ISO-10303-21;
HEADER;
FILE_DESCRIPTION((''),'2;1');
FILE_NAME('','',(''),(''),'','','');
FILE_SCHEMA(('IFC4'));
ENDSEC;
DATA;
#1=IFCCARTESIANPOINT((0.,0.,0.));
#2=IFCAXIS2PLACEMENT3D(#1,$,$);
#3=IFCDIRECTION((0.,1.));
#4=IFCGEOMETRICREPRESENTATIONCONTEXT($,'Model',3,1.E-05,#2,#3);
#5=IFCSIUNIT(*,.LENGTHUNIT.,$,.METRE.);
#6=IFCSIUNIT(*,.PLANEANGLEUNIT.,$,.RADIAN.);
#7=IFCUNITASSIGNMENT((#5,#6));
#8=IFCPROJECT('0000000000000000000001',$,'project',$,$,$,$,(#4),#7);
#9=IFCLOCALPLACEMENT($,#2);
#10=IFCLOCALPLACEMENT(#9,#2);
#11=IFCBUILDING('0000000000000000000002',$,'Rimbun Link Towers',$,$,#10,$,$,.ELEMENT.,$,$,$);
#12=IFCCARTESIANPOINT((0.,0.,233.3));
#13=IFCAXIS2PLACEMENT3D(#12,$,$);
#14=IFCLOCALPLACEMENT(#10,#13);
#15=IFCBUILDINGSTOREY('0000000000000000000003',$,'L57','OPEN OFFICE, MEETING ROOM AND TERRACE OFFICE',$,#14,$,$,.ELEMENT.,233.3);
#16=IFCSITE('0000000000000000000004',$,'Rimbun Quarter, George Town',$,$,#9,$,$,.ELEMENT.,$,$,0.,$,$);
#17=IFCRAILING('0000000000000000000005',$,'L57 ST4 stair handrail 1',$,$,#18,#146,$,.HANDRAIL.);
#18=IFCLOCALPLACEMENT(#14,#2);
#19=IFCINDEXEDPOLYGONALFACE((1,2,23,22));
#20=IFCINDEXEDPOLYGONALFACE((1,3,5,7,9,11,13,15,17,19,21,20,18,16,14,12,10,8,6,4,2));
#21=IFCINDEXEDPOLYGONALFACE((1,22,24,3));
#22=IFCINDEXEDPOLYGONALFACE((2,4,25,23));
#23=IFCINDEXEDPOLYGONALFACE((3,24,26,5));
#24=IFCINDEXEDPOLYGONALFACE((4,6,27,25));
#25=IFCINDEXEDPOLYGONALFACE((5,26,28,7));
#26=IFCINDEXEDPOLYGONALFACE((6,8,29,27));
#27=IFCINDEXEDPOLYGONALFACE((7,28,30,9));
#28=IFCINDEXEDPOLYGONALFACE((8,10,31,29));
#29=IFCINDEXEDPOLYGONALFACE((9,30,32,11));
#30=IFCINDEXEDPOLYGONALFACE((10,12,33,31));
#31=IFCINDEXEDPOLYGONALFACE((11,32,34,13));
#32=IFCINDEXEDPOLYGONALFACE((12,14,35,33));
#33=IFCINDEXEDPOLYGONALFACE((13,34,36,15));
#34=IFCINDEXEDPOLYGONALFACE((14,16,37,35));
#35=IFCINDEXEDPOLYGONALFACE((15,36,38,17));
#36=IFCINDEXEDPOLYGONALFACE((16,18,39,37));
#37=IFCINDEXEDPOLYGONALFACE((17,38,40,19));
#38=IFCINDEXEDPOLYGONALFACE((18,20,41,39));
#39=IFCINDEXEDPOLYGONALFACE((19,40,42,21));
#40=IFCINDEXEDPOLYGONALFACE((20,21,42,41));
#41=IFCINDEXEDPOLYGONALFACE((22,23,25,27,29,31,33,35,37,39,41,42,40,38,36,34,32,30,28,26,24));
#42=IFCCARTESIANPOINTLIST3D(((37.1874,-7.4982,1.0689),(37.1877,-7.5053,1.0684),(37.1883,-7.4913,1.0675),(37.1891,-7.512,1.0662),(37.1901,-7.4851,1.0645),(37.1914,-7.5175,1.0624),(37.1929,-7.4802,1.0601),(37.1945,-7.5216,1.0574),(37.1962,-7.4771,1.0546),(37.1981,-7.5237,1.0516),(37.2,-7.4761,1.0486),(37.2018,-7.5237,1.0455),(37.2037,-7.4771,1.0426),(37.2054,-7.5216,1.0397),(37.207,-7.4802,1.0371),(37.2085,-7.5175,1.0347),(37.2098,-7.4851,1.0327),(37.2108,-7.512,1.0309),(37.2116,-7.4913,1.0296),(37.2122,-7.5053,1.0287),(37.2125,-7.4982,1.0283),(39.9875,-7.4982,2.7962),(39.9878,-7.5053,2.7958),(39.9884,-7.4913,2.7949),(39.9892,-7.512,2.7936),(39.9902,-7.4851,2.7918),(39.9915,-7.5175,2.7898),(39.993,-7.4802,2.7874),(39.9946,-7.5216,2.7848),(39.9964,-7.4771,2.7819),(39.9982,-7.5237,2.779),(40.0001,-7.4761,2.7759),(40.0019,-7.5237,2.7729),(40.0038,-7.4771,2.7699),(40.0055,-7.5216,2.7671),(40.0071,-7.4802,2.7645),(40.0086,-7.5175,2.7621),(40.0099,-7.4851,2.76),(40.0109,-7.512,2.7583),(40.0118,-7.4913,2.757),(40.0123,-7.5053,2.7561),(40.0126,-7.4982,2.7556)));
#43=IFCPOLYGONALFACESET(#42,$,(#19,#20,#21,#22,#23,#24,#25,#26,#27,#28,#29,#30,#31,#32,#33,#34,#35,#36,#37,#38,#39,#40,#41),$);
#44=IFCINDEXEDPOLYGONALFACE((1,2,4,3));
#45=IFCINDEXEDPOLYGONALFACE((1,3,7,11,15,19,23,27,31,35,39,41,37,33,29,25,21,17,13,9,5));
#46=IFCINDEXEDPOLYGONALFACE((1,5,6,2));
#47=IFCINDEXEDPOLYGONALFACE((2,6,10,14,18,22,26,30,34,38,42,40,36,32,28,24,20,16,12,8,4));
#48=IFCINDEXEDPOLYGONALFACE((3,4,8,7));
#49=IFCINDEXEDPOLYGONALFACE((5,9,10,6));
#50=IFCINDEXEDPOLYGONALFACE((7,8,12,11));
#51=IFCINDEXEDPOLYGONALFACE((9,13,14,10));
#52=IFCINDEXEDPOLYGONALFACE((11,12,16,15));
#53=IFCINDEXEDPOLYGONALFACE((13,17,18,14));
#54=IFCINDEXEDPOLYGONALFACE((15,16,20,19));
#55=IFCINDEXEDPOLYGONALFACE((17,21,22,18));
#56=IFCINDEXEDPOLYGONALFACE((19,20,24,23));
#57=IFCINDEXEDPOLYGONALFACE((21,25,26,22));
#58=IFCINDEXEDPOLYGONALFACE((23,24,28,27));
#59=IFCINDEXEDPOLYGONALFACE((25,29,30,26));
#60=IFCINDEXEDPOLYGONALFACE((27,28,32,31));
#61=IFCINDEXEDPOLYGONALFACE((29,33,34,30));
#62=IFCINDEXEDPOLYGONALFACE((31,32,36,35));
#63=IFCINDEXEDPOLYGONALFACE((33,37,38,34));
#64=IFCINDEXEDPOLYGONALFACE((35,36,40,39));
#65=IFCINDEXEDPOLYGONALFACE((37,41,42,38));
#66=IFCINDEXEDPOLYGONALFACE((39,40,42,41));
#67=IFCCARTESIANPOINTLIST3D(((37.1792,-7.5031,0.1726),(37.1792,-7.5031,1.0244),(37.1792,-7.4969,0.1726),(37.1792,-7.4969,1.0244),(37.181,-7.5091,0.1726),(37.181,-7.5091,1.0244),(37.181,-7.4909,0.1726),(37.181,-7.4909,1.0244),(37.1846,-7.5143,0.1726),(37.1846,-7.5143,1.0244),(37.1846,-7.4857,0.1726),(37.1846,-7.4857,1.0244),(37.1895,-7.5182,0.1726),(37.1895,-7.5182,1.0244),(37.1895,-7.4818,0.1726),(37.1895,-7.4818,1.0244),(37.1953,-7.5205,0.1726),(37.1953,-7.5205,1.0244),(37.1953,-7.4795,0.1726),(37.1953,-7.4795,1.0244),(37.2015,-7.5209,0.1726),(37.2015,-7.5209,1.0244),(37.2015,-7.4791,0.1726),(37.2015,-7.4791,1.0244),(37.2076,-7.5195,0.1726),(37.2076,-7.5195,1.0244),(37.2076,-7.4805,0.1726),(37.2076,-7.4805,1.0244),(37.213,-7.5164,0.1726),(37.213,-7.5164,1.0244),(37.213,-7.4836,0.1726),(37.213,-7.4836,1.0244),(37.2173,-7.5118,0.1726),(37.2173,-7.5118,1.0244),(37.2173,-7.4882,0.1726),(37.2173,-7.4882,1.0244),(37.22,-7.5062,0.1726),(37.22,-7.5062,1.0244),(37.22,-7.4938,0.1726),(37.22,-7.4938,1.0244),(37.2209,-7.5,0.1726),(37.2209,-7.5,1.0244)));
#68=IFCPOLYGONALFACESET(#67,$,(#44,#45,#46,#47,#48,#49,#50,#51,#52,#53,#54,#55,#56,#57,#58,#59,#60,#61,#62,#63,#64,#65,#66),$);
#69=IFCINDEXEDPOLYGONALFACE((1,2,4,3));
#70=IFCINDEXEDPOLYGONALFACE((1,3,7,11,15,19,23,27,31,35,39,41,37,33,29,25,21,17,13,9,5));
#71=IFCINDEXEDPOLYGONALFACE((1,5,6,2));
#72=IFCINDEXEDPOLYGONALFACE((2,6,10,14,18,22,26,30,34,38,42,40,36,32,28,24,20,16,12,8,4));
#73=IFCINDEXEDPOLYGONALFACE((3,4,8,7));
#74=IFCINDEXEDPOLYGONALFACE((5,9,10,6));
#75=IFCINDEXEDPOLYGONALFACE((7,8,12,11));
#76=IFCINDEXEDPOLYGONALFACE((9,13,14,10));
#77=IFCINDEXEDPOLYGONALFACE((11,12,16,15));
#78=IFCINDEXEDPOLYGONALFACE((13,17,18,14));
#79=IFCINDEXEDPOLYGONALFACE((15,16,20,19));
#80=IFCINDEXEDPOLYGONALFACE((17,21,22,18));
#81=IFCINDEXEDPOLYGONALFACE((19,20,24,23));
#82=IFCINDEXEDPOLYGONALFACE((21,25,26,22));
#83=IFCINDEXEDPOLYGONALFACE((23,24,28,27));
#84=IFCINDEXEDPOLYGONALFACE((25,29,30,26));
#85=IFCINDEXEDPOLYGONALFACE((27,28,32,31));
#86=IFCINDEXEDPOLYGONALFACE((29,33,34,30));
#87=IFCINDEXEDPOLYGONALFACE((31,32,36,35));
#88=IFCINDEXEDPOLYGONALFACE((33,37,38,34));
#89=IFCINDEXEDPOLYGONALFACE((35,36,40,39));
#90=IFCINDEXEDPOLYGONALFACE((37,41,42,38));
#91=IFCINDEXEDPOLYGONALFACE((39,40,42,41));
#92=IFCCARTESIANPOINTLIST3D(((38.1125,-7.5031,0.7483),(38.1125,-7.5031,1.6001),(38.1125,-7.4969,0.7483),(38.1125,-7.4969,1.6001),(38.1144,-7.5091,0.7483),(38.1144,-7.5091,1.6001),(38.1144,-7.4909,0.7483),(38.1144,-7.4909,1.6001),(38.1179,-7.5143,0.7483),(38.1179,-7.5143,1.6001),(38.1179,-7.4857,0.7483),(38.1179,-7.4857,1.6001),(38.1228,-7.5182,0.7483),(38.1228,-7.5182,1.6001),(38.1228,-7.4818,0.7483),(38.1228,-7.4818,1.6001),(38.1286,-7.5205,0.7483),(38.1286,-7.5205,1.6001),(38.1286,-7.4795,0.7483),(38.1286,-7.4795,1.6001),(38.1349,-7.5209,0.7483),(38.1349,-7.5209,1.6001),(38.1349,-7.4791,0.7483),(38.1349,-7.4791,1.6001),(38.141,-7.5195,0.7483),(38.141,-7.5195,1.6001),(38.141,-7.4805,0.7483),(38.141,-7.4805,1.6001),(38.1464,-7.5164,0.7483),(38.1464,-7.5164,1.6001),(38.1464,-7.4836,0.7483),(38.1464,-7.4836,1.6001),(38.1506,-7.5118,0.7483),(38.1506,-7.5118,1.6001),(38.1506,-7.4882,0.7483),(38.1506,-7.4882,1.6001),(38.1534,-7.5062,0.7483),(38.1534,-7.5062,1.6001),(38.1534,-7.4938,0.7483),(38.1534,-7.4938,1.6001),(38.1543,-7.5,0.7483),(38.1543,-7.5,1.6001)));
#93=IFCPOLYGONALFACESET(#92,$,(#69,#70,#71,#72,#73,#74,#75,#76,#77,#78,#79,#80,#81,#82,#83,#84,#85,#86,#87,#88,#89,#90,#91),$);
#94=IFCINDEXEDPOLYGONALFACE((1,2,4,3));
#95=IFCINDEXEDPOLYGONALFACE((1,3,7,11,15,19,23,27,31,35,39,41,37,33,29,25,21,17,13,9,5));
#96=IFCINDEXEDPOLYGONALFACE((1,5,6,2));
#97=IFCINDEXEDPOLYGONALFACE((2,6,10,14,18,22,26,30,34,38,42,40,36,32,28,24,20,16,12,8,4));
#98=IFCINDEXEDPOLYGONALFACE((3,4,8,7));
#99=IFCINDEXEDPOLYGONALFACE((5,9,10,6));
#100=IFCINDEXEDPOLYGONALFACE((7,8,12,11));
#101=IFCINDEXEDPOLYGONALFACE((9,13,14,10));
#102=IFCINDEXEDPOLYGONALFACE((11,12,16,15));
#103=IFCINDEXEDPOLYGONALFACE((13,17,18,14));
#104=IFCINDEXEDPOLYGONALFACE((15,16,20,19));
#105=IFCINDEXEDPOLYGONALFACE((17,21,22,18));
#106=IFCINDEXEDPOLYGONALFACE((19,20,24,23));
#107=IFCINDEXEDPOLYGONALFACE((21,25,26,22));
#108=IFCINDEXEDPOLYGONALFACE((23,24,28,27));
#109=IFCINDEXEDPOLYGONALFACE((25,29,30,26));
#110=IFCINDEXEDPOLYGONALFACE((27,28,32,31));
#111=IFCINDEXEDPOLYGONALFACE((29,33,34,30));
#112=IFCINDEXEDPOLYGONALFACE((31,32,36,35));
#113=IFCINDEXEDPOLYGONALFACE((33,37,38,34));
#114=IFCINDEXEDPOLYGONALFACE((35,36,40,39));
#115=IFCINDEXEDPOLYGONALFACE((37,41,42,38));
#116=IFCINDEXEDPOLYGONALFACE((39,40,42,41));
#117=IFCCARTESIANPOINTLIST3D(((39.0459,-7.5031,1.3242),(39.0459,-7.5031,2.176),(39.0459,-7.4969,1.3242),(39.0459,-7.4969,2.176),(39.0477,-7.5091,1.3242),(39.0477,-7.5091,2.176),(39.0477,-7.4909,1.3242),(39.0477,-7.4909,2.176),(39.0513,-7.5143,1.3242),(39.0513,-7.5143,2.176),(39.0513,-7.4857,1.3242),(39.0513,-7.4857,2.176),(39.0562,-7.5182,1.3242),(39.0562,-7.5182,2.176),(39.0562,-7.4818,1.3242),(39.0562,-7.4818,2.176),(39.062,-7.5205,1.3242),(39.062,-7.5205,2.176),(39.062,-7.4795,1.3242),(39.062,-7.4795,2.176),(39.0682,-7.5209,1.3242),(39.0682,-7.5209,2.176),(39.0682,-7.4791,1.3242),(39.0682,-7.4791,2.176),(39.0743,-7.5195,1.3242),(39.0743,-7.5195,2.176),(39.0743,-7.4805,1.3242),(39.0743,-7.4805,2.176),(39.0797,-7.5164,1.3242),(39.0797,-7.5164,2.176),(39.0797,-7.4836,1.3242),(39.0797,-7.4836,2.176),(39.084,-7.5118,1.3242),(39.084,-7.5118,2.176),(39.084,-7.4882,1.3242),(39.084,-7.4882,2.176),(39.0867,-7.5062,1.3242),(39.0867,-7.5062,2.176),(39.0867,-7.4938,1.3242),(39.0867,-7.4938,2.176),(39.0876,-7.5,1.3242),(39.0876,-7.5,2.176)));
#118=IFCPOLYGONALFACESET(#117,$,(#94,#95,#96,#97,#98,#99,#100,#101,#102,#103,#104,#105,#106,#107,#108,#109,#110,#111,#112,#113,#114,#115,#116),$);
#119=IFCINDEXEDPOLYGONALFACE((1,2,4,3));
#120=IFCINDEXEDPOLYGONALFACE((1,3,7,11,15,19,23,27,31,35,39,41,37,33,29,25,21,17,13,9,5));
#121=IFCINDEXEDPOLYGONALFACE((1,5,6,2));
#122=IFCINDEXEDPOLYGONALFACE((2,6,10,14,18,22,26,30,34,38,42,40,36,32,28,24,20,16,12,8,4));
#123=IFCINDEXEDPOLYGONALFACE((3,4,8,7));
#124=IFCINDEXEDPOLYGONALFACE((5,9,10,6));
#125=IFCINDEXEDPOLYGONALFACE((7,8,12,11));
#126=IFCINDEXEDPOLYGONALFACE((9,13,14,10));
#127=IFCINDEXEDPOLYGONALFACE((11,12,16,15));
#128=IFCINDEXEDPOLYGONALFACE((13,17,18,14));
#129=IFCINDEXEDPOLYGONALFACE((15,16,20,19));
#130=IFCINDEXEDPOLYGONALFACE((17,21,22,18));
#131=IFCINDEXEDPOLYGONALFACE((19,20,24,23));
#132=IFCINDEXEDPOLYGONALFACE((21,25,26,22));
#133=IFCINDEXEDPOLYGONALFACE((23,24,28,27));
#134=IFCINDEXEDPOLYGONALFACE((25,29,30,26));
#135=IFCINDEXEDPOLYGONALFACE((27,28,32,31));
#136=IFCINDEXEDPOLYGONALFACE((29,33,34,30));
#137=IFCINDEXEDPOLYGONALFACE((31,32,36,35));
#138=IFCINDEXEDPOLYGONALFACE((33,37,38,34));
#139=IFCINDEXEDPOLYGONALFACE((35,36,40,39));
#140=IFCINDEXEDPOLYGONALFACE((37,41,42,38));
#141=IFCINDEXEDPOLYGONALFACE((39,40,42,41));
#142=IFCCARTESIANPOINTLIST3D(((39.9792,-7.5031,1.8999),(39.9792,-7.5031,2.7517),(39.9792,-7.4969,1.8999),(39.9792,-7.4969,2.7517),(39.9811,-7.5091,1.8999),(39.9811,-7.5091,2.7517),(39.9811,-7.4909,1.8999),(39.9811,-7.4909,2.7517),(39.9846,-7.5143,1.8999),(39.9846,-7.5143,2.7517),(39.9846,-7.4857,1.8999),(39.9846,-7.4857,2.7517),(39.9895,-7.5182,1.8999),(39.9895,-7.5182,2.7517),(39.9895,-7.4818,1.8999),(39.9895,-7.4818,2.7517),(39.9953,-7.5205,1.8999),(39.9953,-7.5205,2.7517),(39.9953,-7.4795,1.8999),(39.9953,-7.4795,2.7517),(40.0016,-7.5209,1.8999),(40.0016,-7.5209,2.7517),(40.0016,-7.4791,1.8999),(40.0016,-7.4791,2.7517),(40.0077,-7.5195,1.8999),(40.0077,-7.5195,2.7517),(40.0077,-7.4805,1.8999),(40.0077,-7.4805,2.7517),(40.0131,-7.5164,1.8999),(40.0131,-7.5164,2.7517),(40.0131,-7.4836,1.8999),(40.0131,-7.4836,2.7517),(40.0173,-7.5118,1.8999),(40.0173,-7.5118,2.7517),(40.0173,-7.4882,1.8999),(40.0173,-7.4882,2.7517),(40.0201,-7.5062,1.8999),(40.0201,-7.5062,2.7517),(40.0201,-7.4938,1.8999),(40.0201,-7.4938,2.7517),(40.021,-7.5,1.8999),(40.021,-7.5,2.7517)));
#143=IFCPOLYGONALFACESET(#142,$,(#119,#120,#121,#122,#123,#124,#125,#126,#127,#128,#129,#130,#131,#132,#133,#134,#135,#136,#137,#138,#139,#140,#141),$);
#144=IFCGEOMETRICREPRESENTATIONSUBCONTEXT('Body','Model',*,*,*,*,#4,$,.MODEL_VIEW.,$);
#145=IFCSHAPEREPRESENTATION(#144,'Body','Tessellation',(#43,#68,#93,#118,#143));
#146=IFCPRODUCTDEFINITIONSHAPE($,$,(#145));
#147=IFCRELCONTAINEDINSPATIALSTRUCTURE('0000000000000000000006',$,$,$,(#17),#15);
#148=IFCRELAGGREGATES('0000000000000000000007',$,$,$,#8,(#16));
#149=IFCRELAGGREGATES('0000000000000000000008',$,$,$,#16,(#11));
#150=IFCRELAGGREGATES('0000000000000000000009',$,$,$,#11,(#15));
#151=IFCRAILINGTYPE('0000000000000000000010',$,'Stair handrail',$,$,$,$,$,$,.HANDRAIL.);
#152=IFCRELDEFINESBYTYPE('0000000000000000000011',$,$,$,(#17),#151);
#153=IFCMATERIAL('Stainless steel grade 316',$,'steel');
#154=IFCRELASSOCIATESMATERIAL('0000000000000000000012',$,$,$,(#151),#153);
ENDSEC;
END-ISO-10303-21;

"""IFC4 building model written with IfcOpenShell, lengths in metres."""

from ifc_helpers import new_model, si_unit, direction, frame, origin, origin_2d, place, context, subcontext, project, spatial, circle, extrude, material, type_object, element, save


model = new_model("IFC4")

# Units and contexts
model_context = context("Model", 3, precision=1e-05, world=origin(), true_north=direction((0.0, 1.0)))
body_context = subcontext(model_context, "Body", "Model", "MODEL_VIEW")
ifc_project = project(units=[si_unit("LENGTHUNIT", "METRE"), si_unit("PLANEANGLEUNIT", "RADIAN")], contexts=[model_context])

# Site, building, storey
site_placement = place(None, origin())
site = spatial("IfcSite", under=ifc_project, at=site_placement, Name="Rimbun Quarter, George Town", CompositionType="ELEMENT", RefElevation=0.0)
building_placement = place(site_placement, origin())
building = spatial("IfcBuilding", under=site, at=building_placement, Name="Rimbun Link Towers", CompositionType="ELEMENT")
storey_placement = place(building_placement, frame((0.0, 0.0, 233.3)))
storey = spatial("IfcBuildingStorey", under=building, at=storey_placement, Name="L57", Description="OPEN OFFICE, MEETING ROOM AND TERRACE OFFICE", CompositionType="ELEMENT", Elevation=233.3)

# Railing
ifc_material_1 = material(Name="Stainless steel grade 316", Category="steel")
railing_type_1 = type_object("IfcRailingType", Name="Stair handrail", PredefinedType="HANDRAIL", material=ifc_material_1)
railing_1_placement = place(storey_placement, frame((37.2, -7.5, 0.1726)))
element("IfcRailing", 1, at=railing_1_placement, inside=storey, type_object=railing_type_1, Name="L57 ST4 stair handrail 1", PredefinedType="HANDRAIL", context=body_context, shape_type="SweptSolid", body=[
    extrude(circle(Radius=0.0239, at=origin_2d()), frame((0.0, 0.0, 0.876), z_axis=(0.85109, 0.0, 0.52502), x_axis=(0.0, 1.0, 0.0)), (0.0, 0.0, 1.0), 3.29),
    extrude(circle(Radius=0.021, at=origin_2d()), origin(), (0.0, 0.0, 1.0), 0.8518),
    extrude(circle(Radius=0.021, at=origin_2d()), frame((0.9333, 0.0, 0.5757)), (0.0, 0.0, 1.0), 0.8518),
    extrude(circle(Radius=0.021, at=origin_2d()), frame((1.8667, 0.0, 1.1516)), (0.0, 0.0, 1.0), 0.8518),
    extrude(circle(Radius=0.021, at=origin_2d()), frame((2.8, 0.0, 1.7273)), (0.0, 0.0, 1.0), 0.8518),
])

save(model, "model.ifc")
